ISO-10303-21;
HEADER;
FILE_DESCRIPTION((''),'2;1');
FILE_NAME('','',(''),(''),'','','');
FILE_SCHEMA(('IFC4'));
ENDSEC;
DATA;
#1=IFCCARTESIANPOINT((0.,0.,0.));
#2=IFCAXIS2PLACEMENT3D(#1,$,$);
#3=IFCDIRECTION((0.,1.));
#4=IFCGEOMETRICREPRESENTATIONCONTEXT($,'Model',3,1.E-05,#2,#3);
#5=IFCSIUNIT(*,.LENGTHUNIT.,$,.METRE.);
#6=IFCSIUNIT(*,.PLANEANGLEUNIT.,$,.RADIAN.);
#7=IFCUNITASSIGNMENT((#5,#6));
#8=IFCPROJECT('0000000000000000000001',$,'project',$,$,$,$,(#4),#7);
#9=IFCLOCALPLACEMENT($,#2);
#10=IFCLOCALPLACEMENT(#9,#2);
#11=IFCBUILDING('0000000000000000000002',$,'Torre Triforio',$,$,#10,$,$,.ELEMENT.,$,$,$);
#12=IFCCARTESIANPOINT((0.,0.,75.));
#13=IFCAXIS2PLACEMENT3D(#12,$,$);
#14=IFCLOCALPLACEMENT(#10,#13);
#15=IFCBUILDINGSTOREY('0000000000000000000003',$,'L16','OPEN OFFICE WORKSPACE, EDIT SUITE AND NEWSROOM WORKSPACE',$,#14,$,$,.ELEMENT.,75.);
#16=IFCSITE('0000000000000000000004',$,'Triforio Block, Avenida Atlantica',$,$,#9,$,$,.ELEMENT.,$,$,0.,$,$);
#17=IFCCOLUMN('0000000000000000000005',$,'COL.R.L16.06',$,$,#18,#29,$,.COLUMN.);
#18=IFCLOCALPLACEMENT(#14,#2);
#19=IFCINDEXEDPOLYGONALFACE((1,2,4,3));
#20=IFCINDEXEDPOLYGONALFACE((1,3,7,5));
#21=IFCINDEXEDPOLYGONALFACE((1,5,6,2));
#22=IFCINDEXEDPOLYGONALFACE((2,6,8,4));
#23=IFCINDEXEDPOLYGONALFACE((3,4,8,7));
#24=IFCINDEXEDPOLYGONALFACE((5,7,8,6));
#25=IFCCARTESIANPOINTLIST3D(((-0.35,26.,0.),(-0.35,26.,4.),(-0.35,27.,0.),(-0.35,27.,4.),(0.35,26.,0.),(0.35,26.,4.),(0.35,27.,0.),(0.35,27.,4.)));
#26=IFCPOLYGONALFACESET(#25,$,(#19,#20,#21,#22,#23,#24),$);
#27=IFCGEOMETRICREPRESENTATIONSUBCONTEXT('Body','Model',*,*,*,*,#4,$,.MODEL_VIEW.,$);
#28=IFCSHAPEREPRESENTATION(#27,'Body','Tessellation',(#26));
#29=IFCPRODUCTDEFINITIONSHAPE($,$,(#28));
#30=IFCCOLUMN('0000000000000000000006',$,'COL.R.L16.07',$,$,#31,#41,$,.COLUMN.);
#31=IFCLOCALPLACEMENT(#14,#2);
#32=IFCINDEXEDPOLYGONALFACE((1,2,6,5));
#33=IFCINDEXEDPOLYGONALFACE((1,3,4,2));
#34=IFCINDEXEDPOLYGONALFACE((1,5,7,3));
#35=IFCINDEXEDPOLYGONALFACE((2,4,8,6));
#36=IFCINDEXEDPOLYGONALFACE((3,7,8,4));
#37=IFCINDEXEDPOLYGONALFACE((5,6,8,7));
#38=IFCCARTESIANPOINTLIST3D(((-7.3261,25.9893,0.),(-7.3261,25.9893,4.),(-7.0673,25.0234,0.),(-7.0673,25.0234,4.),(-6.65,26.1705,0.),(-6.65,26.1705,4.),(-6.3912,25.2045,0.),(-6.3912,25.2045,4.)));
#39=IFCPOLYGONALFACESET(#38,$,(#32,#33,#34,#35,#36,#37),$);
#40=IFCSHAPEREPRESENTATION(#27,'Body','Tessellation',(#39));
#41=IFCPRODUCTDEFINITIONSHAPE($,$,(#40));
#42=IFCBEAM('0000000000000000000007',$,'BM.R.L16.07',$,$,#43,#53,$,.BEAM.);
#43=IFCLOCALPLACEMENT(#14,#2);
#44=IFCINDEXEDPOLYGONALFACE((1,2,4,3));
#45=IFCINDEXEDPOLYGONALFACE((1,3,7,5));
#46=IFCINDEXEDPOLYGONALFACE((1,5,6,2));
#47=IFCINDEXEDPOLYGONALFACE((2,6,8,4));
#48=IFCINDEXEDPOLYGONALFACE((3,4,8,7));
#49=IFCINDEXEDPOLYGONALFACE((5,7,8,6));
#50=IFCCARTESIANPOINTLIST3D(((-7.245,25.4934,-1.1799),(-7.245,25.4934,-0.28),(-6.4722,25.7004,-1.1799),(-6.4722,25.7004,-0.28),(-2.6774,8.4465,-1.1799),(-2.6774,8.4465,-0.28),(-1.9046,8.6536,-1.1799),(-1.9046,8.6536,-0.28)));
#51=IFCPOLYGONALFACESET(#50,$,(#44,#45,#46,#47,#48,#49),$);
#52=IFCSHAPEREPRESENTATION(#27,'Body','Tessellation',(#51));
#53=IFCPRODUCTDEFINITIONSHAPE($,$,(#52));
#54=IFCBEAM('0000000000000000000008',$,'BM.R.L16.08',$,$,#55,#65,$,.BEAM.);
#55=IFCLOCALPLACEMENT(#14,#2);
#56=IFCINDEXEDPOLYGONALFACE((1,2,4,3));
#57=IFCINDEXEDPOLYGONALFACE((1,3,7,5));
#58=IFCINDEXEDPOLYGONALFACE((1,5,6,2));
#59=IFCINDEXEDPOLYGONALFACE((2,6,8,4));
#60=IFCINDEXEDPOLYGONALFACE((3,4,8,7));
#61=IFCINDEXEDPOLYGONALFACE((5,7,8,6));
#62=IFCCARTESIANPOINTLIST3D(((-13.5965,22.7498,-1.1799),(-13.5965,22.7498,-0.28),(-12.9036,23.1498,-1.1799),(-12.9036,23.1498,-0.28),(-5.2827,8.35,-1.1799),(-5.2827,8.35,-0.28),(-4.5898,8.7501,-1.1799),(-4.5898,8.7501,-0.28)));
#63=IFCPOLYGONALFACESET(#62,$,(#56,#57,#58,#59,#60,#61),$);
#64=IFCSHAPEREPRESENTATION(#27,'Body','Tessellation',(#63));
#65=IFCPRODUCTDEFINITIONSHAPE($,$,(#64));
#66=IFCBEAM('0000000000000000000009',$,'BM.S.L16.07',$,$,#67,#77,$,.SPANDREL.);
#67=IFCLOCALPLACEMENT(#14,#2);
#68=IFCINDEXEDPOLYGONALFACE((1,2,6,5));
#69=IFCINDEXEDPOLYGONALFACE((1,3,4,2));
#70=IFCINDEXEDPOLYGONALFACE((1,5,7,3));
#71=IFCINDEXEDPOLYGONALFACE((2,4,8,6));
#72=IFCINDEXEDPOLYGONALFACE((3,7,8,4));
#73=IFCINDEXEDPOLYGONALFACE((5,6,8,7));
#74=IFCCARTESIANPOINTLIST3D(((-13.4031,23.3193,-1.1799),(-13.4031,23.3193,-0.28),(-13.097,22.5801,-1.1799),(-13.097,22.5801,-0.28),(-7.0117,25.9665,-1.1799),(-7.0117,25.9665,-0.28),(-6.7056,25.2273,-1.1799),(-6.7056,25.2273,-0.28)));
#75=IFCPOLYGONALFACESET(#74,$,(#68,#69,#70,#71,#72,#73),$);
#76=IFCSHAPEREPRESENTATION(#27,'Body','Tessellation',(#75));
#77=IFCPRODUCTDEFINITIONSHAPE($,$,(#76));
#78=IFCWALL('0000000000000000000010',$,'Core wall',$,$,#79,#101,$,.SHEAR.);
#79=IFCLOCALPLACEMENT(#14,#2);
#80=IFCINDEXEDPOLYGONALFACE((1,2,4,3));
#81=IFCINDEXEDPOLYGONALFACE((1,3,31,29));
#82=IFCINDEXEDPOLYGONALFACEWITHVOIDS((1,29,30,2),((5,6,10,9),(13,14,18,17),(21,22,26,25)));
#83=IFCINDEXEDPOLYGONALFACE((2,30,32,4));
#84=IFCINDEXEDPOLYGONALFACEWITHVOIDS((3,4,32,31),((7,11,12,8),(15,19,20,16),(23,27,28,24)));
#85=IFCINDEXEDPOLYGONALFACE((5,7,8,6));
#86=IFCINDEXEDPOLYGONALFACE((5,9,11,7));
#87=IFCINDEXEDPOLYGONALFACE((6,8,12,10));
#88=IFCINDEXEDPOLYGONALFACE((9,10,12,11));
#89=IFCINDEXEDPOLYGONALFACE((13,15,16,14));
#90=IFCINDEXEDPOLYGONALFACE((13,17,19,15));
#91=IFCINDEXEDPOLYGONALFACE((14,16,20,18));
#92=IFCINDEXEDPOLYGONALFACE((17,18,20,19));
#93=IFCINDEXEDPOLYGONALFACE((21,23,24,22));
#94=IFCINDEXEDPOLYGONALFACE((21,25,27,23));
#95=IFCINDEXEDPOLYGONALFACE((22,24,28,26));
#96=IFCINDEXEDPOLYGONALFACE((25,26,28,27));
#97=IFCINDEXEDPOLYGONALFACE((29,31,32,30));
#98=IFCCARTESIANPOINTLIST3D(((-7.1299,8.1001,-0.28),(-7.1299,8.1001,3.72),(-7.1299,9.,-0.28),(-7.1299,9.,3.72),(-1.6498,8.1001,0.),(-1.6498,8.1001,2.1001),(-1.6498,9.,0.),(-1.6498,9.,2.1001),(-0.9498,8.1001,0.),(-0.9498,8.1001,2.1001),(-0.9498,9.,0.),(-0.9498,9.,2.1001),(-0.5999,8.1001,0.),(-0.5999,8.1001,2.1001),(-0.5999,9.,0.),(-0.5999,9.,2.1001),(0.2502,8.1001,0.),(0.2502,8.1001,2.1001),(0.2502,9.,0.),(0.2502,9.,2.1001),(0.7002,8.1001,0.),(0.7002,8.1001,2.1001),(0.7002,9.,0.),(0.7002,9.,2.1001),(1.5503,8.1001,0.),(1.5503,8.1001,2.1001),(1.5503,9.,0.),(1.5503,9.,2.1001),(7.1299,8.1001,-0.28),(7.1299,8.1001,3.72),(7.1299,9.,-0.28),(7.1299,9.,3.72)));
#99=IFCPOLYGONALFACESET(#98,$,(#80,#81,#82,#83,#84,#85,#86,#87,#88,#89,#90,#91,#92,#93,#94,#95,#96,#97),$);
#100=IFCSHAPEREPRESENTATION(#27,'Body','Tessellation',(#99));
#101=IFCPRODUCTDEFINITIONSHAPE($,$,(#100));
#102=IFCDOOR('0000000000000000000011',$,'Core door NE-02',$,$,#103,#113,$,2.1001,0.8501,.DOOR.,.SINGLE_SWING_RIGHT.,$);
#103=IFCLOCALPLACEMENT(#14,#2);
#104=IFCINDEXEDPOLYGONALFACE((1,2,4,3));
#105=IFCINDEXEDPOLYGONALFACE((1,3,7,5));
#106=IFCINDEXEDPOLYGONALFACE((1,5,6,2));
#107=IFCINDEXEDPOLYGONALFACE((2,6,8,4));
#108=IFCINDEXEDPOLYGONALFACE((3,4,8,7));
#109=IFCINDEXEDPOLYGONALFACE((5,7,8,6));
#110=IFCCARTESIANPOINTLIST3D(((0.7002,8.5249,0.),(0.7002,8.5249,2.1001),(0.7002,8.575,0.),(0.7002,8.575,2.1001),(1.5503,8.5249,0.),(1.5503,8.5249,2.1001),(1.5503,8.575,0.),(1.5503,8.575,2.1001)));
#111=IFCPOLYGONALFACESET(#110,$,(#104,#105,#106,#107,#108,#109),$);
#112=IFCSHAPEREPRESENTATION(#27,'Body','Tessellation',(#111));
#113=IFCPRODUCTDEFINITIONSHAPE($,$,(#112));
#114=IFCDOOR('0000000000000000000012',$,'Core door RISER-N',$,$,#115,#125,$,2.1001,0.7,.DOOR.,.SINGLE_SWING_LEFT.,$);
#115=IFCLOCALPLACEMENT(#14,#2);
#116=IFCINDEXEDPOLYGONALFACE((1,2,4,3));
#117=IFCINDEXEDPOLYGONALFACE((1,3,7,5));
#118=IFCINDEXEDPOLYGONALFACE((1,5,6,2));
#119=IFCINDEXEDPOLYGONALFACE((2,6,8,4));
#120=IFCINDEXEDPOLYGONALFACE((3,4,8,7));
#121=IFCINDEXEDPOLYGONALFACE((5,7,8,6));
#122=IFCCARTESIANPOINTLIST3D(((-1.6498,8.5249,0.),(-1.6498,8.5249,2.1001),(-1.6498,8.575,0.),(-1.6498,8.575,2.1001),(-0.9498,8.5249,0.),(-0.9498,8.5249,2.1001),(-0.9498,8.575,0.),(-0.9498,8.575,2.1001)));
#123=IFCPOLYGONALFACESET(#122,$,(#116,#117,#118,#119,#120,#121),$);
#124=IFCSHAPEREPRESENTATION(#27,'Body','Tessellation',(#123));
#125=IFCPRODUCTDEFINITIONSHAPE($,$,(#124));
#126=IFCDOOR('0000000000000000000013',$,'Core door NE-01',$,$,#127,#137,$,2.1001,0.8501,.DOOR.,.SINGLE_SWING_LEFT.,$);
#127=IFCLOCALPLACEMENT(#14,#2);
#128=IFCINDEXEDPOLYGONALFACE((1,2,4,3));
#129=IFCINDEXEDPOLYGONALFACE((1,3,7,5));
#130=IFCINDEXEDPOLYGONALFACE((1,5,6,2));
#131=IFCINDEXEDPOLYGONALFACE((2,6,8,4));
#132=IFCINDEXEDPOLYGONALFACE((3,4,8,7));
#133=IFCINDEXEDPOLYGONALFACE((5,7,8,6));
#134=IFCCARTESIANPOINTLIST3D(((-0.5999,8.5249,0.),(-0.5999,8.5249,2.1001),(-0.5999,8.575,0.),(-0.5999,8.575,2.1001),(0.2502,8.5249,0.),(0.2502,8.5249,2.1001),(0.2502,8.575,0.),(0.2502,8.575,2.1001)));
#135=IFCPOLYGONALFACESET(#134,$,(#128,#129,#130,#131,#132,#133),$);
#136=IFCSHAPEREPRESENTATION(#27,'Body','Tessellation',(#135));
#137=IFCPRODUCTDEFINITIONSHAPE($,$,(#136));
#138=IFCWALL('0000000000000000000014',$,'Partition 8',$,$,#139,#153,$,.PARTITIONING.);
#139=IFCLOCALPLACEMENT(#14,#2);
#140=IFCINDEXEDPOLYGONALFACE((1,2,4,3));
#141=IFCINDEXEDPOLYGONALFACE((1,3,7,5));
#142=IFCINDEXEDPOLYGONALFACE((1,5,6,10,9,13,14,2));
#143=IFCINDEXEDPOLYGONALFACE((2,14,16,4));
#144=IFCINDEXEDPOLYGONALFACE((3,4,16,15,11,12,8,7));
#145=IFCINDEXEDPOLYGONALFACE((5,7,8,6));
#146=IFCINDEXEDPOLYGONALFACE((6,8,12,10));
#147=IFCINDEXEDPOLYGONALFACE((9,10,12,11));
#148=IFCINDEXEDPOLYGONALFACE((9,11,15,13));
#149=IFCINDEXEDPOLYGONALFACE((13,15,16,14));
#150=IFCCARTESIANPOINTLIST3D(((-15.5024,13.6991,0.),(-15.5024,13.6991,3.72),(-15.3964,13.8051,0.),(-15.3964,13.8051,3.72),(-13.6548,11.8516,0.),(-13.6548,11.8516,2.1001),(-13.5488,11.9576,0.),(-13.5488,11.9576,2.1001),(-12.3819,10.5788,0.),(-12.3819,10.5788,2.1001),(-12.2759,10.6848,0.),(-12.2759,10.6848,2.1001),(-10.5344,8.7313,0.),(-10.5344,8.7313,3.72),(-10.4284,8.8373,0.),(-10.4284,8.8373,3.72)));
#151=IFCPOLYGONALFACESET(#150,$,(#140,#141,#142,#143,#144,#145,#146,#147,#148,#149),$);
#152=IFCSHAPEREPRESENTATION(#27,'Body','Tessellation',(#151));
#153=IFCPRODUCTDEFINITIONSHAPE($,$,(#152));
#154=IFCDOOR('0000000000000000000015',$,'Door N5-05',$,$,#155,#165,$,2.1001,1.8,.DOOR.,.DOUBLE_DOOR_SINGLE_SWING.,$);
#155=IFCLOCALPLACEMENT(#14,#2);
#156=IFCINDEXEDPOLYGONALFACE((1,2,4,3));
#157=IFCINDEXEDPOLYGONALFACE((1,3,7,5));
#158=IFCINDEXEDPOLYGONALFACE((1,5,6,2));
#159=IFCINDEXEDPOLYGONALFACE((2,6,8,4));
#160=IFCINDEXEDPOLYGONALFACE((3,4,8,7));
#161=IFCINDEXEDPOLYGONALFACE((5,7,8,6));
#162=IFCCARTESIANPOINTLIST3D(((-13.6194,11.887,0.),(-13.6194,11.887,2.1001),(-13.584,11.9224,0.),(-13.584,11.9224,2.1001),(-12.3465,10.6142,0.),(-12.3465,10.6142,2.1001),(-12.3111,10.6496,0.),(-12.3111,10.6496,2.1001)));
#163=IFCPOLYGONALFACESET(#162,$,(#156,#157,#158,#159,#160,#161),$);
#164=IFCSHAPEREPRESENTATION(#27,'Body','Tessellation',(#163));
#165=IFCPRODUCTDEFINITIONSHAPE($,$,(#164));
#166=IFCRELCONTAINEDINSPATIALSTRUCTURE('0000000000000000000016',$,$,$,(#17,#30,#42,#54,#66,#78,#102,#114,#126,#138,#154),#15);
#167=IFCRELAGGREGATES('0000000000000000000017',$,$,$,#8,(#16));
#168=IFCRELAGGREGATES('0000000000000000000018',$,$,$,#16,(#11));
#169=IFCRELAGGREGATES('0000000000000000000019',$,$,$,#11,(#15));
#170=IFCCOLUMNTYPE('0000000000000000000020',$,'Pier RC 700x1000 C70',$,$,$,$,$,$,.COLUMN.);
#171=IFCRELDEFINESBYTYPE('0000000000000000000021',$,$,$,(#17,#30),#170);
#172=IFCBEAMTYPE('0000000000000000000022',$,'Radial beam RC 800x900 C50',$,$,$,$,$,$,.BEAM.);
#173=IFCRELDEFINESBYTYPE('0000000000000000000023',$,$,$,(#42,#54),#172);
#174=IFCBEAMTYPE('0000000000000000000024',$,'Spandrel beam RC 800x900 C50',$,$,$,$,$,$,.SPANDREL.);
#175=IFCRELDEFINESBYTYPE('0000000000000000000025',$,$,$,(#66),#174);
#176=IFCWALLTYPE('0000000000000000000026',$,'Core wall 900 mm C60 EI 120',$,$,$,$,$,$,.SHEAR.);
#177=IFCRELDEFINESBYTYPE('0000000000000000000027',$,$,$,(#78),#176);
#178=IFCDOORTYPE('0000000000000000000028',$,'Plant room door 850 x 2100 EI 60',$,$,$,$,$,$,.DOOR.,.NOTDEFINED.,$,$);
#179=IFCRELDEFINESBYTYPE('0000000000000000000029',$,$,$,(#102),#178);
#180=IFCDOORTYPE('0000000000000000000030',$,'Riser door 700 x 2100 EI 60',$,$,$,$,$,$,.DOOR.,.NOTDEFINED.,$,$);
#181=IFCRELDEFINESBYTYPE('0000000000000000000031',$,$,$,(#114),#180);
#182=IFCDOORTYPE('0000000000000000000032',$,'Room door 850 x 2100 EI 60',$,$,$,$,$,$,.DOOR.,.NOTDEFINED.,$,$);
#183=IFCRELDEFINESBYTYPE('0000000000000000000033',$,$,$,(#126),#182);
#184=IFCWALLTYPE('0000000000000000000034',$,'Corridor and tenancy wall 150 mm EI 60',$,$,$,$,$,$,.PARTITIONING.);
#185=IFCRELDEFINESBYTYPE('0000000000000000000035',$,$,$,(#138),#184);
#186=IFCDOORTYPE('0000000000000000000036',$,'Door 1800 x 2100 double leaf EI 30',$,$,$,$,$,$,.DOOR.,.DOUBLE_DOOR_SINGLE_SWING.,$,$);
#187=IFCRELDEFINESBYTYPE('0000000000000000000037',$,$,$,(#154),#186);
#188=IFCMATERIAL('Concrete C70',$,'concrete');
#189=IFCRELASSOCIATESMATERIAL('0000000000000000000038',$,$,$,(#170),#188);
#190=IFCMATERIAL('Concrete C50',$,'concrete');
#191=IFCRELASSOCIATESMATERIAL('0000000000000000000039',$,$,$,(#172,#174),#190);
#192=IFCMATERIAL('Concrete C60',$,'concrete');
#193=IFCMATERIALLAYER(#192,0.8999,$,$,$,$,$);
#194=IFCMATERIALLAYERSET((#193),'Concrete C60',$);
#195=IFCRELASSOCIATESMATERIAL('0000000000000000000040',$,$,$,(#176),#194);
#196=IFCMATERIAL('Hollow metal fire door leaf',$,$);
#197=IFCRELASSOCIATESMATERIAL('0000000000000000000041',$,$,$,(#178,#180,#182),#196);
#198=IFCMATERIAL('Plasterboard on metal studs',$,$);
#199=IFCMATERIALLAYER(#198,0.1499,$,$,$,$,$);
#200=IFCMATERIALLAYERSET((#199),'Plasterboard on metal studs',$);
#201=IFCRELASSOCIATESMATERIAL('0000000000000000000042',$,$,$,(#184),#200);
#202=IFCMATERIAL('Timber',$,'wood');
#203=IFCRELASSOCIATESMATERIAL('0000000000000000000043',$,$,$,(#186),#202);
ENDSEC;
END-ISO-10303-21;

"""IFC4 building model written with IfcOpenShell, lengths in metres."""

from ifc_helpers import new_model, si_unit, direction, frame, frame_2d, origin, origin_2d, place, context, subcontext, project, spatial, rectangle, extrude, material, layer, layer_set, material_profile, profile_set, type_object, element, fill, save


model = new_model("IFC4")

# Units and contexts
model_context = context("Model", 3, precision=1e-05, world=origin(), true_north=direction((0.0, 1.0)))
body_context = subcontext(model_context, "Body", "Model", "MODEL_VIEW")
ifc_project = project(units=[si_unit("LENGTHUNIT", "METRE"), si_unit("PLANEANGLEUNIT", "RADIAN")], contexts=[model_context])

# Site, building, storey
site_placement = place(None, origin())
site = spatial("IfcSite", under=ifc_project, at=site_placement, Name="Triforio Block, Avenida Atlantica", CompositionType="ELEMENT", RefElevation=0.0)
building_placement = place(site_placement, origin())
building = spatial("IfcBuilding", under=site, at=building_placement, Name="Torre Triforio", CompositionType="ELEMENT")
storey_placement = place(building_placement, frame((0.0, 0.0, 75.0)))
storey = spatial("IfcBuildingStorey", under=building, at=storey_placement, Name="L16", Description="OPEN OFFICE WORKSPACE, EDIT SUITE AND NEWSROOM WORKSPACE", CompositionType="ELEMENT", Elevation=75.0)

# Columns
ifc_material_1 = material(Name="Concrete C70", Category="concrete")
ifc_material_profile_1 = material_profile(ifc_material_1, rectangle(XDim=0.7, YDim=1.0, at=origin_2d()), Name="RC 700x1000")
ifc_profile_set_1 = profile_set([ifc_material_profile_1], Name="Concrete C70")
column_type = type_object("IfcColumnType", Name="Pier RC 700x1000 C70", PredefinedType="COLUMN", material=ifc_profile_set_1)
for number, where, z_axis, x_axis, name in (
    (1, (0.0, 26.5, 0.0), (0.0, 0.0, 1.0), (-1.0, 0.0, 0.0), "COL.R.L16.06"),
    (2, (-6.8586, 25.5969, 0.0), (0.0, 0.0, 1.0), (-0.965926, -0.258819, 0.0), "COL.R.L16.07"),
):
    element("IfcColumn", number, at=place(storey_placement, frame(where, z_axis=z_axis, x_axis=x_axis)), inside=storey, type_object=column_type, Name=name, PredefinedType="COLUMN", context=body_context, shape_type="SweptSolid", body=[
        extrude(rectangle(XDim=0.7, YDim=1.0, at=origin_2d()), origin(), (0.0, 0.0, 1.0), 4.0),
    ])

# Beams
ifc_material_2 = material(Name="Concrete C50", Category="concrete")
ifc_material_profile_2 = material_profile(ifc_material_2, rectangle(XDim=0.8, YDim=0.8999, at=origin_2d()), Name="RC 800x900")
ifc_profile_set_2 = profile_set([ifc_material_profile_2], Name="Concrete C50")
beam_type_1 = type_object("IfcBeamType", Name="Radial beam RC 800x900 C50", PredefinedType="BEAM", material=ifc_profile_set_2)
beam_1_placement = place(storey_placement, frame((-2.291, 8.55, -0.73), z_axis=(-0.258815, 0.965927, 0.0), x_axis=(-0.965927, -0.258815, 0.0)))
element("IfcBeam", 3, at=beam_1_placement, inside=storey, type_object=beam_type_1, Name="BM.R.L16.07", PredefinedType="BEAM", context=body_context, shape_type="SweptSolid", body=[
    extrude(rectangle(XDim=0.8, YDim=0.8999, at=origin_2d()), origin(), (0.0, 0.0, 1.0), 17.6482),
])
beam_2_placement = place(storey_placement, frame((-4.9363, 8.55, -0.73), z_axis=(-0.500003, 0.866023, 0.0), x_axis=(-0.866023, -0.500003, 0.0)))
element("IfcBeam", 4, at=beam_2_placement, inside=storey, type_object=beam_type_1, Name="BM.R.L16.08", PredefinedType="BEAM", context=body_context, shape_type="SweptSolid", body=[
    extrude(rectangle(XDim=0.8, YDim=0.8999, at=origin_2d()), origin(), (0.0, 0.0, 1.0), 16.6274),
])
ifc_material_profile_3 = material_profile(ifc_material_2, rectangle(XDim=0.8, YDim=0.8999, at=origin_2d()), Name="RC 800x900")
ifc_profile_set_3 = profile_set([ifc_material_profile_3], Name="Concrete C50")
beam_type_2 = type_object("IfcBeamType", Name="Spandrel beam RC 800x900 C50", PredefinedType="SPANDREL", material=ifc_profile_set_3)
beam_3_placement = place(storey_placement, frame((-6.8586, 25.5969, -0.73), z_axis=(-0.923888, -0.382662, 0.0), x_axis=(0.382662, -0.923888, 0.0)))
element("IfcBeam", 5, at=beam_3_placement, inside=storey, type_object=beam_type_2, Name="BM.S.L16.07", PredefinedType="SPANDREL", context=body_context, shape_type="SweptSolid", body=[
    extrude(rectangle(XDim=0.8, YDim=0.8999, at=origin_2d()), origin(), (0.0, 0.0, 1.0), 6.918),
])

# Wall, openings, doors
ifc_material_3 = material(Name="Concrete C60", Category="concrete")
ifc_layer_1 = layer(ifc_material_3, 0.8999)
ifc_layer_set_1 = layer_set([ifc_layer_1], Name="Concrete C60")
wall_type_1 = type_object("IfcWallType", Name="Core wall 900 mm C60 EI 120", PredefinedType="SHEAR", material=ifc_layer_set_1)
wall_1_placement = place(storey_placement, frame((-7.1299, 8.55, -0.28), z_axis=(0.0, 0.0, 1.0), x_axis=(1.0, 0.0, 0.0)))
wall_1 = element("IfcWall", 6, at=wall_1_placement, inside=storey, type_object=wall_type_1, Name="Core wall", PredefinedType="SHEAR", context=body_context, shape_type="SweptSolid", body=[
    extrude(rectangle(XDim=14.2598, YDim=0.8999, at=frame_2d((7.1299, 0.0))), origin(), (0.0, 0.0, 1.0), 4.0),
])
opening_1_placement = place(wall_1_placement, frame((5.48, 0.0, 0.28)))
opening_1 = element("IfcOpeningElement", 7, at=opening_1_placement, cuts=wall_1, PredefinedType="OPENING", context=body_context, shape_type="SweptSolid", body=[
    extrude(rectangle(XDim=0.7, YDim=2.1001, at=frame_2d((0.3501, 1.05))), frame((0.0, 0.46, 0.0), z_axis=(0.0, -1.0, 0.0), x_axis=(1.0, 0.0, 0.0)), (0.0, 0.0, 1.0), 0.9199),
])
opening_2_placement = place(wall_1_placement, frame((6.53, 0.0, 0.28)))
opening_2 = element("IfcOpeningElement", 8, at=opening_2_placement, cuts=wall_1, PredefinedType="OPENING", context=body_context, shape_type="SweptSolid", body=[
    extrude(rectangle(XDim=0.8501, YDim=2.1001, at=frame_2d((0.425, 1.05))), frame((0.0, 0.46, 0.0), z_axis=(0.0, -1.0, 0.0), x_axis=(1.0, 0.0, 0.0)), (0.0, 0.0, 1.0), 0.9199),
])
opening_3_placement = place(wall_1_placement, frame((7.8301, 0.0, 0.28)))
opening_3 = element("IfcOpeningElement", 9, at=opening_3_placement, cuts=wall_1, PredefinedType="OPENING", context=body_context, shape_type="SweptSolid", body=[
    extrude(rectangle(XDim=0.8501, YDim=2.1001, at=frame_2d((0.425, 1.05))), frame((0.0, 0.46, 0.0), z_axis=(0.0, -1.0, 0.0), x_axis=(1.0, 0.0, 0.0)), (0.0, 0.0, 1.0), 0.9199),
])
ifc_material_4 = material(Name="Hollow metal fire door leaf")
door_type_1 = type_object("IfcDoorType", Name="Plant room door 850 x 2100 EI 60", OperationType="NOTDEFINED", PredefinedType="DOOR", material=ifc_material_4)
door_1_placement = place(opening_3_placement, origin())
door_1 = element("IfcDoor", 10, at=door_1_placement, inside=storey, type_object=door_type_1, Name="Core door NE-02", OperationType="SINGLE_SWING_RIGHT", OverallHeight=2.1001, OverallWidth=0.8501, PredefinedType="DOOR", context=body_context, shape_type="SweptSolid", body=[
    extrude(rectangle(XDim=0.8501, YDim=2.1001, at=frame_2d((0.425, 1.05))), frame((0.0, 0.0249, 0.0), z_axis=(0.0, -1.0, 0.0), x_axis=(1.0, 0.0, 0.0)), (0.0, 0.0, 1.0), 0.05),
])
fill(opening_3, door_1)
door_type_2 = type_object("IfcDoorType", Name="Riser door 700 x 2100 EI 60", OperationType="NOTDEFINED", PredefinedType="DOOR", material=ifc_material_4)
door_2_placement = place(opening_1_placement, origin())
door_2 = element("IfcDoor", 11, at=door_2_placement, inside=storey, type_object=door_type_2, Name="Core door RISER-N", OperationType="SINGLE_SWING_LEFT", OverallHeight=2.1001, OverallWidth=0.7, PredefinedType="DOOR", context=body_context, shape_type="SweptSolid", body=[
    extrude(rectangle(XDim=0.7, YDim=2.1001, at=frame_2d((0.3501, 1.05))), frame((0.0, 0.0249, 0.0), z_axis=(0.0, -1.0, 0.0), x_axis=(1.0, 0.0, 0.0)), (0.0, 0.0, 1.0), 0.05),
])
fill(opening_1, door_2)
door_type_3 = type_object("IfcDoorType", Name="Room door 850 x 2100 EI 60", OperationType="NOTDEFINED", PredefinedType="DOOR", material=ifc_material_4)
door_3_placement = place(opening_2_placement, origin())
door_3 = element("IfcDoor", 12, at=door_3_placement, inside=storey, type_object=door_type_3, Name="Core door NE-01", OperationType="SINGLE_SWING_LEFT", OverallHeight=2.1001, OverallWidth=0.8501, PredefinedType="DOOR", context=body_context, shape_type="SweptSolid", body=[
    extrude(rectangle(XDim=0.8501, YDim=2.1001, at=frame_2d((0.425, 1.05))), frame((0.0, 0.0249, 0.0), z_axis=(0.0, -1.0, 0.0), x_axis=(1.0, 0.0, 0.0)), (0.0, 0.0, 1.0), 0.05),
])
fill(opening_2, door_3)

# Wall, opening, door
ifc_material_5 = material(Name="Plasterboard on metal studs")
ifc_layer_2 = layer(ifc_material_5, 0.1499)
ifc_layer_set_2 = layer_set([ifc_layer_2], Name="Plasterboard on metal studs")
wall_type_2 = type_object("IfcWallType", Name="Corridor and tenancy wall 150 mm EI 60", PredefinedType="PARTITIONING", material=ifc_layer_set_2)
wall_2_placement = place(storey_placement, frame((-10.4814, 8.7844, 0.0), z_axis=(0.0, 0.0, 1.0), x_axis=(-0.707124, 0.707089, 0.0)))
wall_2 = element("IfcWall", 13, at=wall_2_placement, inside=storey, type_object=wall_type_2, Name="Partition 8", PredefinedType="PARTITIONING", context=body_context, shape_type="SweptSolid", body=[
    extrude(rectangle(XDim=7.0256, YDim=0.1499, at=frame_2d((3.5127, 0.0))), origin(), (0.0, 0.0, 1.0), 3.72),
])
opening_4_placement = place(wall_2_placement, frame((2.6128, 0.0, 0.0)))
opening_4 = element("IfcOpeningElement", 14, at=opening_4_placement, cuts=wall_2, PredefinedType="OPENING", context=body_context, shape_type="SweptSolid", body=[
    extrude(rectangle(XDim=1.8, YDim=2.1001, at=frame_2d((0.8999, 1.05))), frame((0.0, 0.085, 0.0), z_axis=(0.0, -1.0, 0.0), x_axis=(1.0, 0.0, 0.0)), (0.0, 0.0, 1.0), 0.1699),
])
ifc_material_6 = material(Name="Timber", Category="wood")
door_type_4 = type_object("IfcDoorType", Name="Door 1800 x 2100 double leaf EI 30", OperationType="DOUBLE_DOOR_SINGLE_SWING", PredefinedType="DOOR", material=ifc_material_6)
door_4_placement = place(opening_4_placement, origin())
door_4 = element("IfcDoor", 15, at=door_4_placement, inside=storey, type_object=door_type_4, Name="Door N5-05", OperationType="DOUBLE_DOOR_SINGLE_SWING", OverallHeight=2.1001, OverallWidth=1.8, PredefinedType="DOOR", context=body_context, shape_type="SweptSolid", body=[
    extrude(rectangle(XDim=1.8, YDim=2.1001, at=frame_2d((0.8999, 1.05))), frame((0.0, 0.0249, 0.0), z_axis=(0.0, -1.0, 0.0), x_axis=(1.0, 0.0, 0.0)), (0.0, 0.0, 1.0), 0.05),
])
fill(opening_4, door_4)

save(model, "model.ifc")
